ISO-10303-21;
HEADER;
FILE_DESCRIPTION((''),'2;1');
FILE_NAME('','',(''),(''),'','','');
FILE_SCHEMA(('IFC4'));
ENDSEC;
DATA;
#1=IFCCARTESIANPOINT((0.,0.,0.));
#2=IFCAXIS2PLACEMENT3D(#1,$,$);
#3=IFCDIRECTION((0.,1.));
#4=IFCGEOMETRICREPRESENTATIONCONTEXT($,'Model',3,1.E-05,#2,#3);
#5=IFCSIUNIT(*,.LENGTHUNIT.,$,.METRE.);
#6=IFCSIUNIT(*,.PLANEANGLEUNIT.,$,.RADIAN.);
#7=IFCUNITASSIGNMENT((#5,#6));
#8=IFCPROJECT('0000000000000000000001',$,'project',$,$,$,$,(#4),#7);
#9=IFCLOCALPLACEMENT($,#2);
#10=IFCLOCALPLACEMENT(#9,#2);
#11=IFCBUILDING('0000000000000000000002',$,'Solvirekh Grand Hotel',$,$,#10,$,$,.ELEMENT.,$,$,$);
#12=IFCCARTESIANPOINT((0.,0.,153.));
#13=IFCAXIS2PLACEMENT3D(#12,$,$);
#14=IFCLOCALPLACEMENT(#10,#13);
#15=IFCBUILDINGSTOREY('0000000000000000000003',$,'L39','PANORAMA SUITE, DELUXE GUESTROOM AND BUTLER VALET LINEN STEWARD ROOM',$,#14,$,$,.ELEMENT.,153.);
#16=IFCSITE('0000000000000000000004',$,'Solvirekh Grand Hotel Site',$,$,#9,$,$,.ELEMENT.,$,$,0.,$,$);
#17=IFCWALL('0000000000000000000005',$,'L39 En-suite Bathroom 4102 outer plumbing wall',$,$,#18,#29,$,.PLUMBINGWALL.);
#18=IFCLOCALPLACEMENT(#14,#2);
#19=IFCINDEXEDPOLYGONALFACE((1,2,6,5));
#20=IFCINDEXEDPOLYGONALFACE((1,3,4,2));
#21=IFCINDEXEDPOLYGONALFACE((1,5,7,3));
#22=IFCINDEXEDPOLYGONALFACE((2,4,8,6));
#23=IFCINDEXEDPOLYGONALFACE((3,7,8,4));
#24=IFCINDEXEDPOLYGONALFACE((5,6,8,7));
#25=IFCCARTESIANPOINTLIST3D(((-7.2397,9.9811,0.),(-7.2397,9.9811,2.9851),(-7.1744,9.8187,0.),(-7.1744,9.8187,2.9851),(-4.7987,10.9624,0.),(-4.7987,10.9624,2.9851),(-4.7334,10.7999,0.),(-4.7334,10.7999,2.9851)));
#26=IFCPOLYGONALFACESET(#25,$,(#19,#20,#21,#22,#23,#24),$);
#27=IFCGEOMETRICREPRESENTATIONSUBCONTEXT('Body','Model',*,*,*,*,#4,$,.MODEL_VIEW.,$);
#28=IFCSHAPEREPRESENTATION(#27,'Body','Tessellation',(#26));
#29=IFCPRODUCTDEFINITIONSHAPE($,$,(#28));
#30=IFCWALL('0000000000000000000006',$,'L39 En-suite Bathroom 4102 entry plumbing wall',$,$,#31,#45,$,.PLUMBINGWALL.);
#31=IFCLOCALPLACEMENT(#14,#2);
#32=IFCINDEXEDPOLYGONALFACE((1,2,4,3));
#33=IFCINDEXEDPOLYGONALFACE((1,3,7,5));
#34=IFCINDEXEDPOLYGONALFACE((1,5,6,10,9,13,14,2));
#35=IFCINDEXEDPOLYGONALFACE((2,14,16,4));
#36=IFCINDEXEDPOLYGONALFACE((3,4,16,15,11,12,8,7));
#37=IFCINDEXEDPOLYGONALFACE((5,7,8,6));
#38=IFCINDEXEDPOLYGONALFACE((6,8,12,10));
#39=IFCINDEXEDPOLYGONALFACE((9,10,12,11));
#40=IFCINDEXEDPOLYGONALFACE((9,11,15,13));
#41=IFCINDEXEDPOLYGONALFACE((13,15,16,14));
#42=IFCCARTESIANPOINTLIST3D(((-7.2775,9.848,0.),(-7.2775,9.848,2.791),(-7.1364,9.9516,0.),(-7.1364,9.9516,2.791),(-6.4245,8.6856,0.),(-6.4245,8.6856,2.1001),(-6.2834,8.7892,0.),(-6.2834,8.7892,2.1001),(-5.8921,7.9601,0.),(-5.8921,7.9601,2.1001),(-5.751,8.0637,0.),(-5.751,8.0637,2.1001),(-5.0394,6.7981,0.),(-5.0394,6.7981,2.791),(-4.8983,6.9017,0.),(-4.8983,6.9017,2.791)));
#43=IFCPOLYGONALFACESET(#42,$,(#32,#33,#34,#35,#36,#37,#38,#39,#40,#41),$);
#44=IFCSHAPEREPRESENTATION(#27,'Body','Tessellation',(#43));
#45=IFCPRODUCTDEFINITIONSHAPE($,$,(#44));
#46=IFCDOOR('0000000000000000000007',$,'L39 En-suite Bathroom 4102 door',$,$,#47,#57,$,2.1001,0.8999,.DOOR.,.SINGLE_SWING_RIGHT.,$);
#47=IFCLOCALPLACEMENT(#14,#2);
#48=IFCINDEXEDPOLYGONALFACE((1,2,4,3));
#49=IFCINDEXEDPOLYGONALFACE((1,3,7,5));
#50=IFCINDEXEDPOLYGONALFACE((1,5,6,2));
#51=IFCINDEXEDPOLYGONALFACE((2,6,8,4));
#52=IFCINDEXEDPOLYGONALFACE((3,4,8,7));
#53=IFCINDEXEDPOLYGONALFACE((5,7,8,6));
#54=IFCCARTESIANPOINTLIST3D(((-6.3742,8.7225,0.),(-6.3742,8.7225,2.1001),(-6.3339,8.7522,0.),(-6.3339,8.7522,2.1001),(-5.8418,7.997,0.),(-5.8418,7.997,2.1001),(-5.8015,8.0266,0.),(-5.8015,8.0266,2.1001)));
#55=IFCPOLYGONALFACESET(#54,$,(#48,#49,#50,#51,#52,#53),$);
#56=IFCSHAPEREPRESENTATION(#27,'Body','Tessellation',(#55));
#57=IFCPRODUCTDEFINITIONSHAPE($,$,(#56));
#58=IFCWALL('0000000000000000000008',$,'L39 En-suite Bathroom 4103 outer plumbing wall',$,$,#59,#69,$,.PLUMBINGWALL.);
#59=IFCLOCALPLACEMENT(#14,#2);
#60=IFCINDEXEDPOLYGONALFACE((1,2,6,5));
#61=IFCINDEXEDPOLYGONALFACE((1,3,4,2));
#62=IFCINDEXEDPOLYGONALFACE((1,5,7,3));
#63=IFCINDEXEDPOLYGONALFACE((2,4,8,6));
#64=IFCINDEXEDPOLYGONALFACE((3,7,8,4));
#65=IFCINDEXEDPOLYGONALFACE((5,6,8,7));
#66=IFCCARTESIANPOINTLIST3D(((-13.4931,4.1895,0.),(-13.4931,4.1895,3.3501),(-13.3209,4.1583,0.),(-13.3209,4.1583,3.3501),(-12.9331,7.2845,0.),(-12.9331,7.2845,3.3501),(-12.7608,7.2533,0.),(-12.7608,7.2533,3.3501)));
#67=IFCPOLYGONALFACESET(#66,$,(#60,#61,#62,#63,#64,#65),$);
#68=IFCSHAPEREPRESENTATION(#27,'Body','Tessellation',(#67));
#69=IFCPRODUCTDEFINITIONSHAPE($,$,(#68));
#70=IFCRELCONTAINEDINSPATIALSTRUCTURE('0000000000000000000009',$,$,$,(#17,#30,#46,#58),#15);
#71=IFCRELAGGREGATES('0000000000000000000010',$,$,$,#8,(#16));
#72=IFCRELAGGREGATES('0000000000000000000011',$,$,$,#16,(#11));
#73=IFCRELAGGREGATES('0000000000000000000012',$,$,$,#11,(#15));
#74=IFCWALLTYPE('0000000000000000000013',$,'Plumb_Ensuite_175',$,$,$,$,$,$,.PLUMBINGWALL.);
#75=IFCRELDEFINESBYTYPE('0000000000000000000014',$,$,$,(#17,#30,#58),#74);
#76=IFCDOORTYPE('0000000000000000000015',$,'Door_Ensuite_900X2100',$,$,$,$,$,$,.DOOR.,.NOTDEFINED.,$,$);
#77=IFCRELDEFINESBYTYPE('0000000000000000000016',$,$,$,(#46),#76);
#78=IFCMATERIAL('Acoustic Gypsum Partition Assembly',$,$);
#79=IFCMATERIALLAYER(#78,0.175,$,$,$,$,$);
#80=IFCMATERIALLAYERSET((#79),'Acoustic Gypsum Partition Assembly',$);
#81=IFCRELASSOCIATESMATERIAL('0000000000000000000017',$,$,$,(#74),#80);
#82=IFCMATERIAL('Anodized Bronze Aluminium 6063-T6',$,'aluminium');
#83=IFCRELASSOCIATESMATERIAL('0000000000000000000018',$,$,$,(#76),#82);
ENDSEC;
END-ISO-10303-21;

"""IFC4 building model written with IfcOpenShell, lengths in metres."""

from ifc_helpers import new_model, si_unit, direction, frame, frame_2d, origin, place, context, subcontext, project, spatial, rectangle, extrude, material, layer, layer_set, type_object, element, fill, save


model = new_model("IFC4")

# Units and contexts
model_context = context("Model", 3, precision=1e-05, world=origin(), true_north=direction((0.0, 1.0)))
body_context = subcontext(model_context, "Body", "Model", "MODEL_VIEW")
ifc_project = project(units=[si_unit("LENGTHUNIT", "METRE"), si_unit("PLANEANGLEUNIT", "RADIAN")], contexts=[model_context])

# Site, building, storey
site_placement = place(None, origin())
site = spatial("IfcSite", under=ifc_project, at=site_placement, Name="Solvirekh Grand Hotel Site", CompositionType="ELEMENT", RefElevation=0.0)
building_placement = place(site_placement, origin())
building = spatial("IfcBuilding", under=site, at=building_placement, Name="Solvirekh Grand Hotel", CompositionType="ELEMENT")
storey_placement = place(building_placement, frame((0.0, 0.0, 153.0)))
storey = spatial("IfcBuildingStorey", under=building, at=storey_placement, Name="L39", Description="PANORAMA SUITE, DELUXE GUESTROOM AND BUTLER VALET LINEN STEWARD ROOM", CompositionType="ELEMENT", Elevation=153.0)

# Shared definitions
ifc_material_1 = material(Name="Anodized Bronze Aluminium 6063-T6", Category="aluminium")

# Shared definitions
ifc_material_2 = material(Name="Acoustic Gypsum Partition Assembly")
ifc_layer_1 = layer(ifc_material_2, 0.175)
ifc_layer_set_1 = layer_set([ifc_layer_1], Name="Acoustic Gypsum Partition Assembly")
wall_type_1 = type_object("IfcWallType", Name="Plumb_Ensuite_175", PredefinedType="PLUMBINGWALL", material=ifc_layer_set_1)

# Shared definitions
door_type = type_object("IfcDoorType", Name="Door_Ensuite_900X2100", OperationType="NOTDEFINED", PredefinedType="DOOR", material=ifc_material_1)

# Wall
wall_1_placement = place(storey_placement, frame((-7.207, 9.8999, 0.0), z_axis=(0.0, 0.0, 1.0), x_axis=(0.927842, 0.372974, 0.0)))
element("IfcWall", 1, at=wall_1_placement, inside=storey, type_object=wall_type_1, Name="L39 En-suite Bathroom 4102 outer plumbing wall", PredefinedType="PLUMBINGWALL", context=body_context, shape_type="SweptSolid", body=[
    extrude(rectangle(XDim=2.6309, YDim=0.175, at=frame_2d((1.3154, 0.0))), origin(), (0.0, 0.0, 1.0), 2.9851),
])

# Wall, opening, door
wall_2_placement = place(storey_placement, frame((-7.207, 9.8999, 0.0), z_axis=(0.0, 0.0, 1.0), x_axis=(0.591624, -0.806214, 0.0)))
wall_2 = element("IfcWall", 2, at=wall_2_placement, inside=storey, type_object=wall_type_1, Name="L39 En-suite Bathroom 4102 entry plumbing wall", PredefinedType="PLUMBINGWALL", context=body_context, shape_type="SweptSolid", body=[
    extrude(rectangle(XDim=3.783, YDim=0.175, at=frame_2d((1.8916, 0.0))), origin(), (0.0, 0.0, 1.0), 2.791),
])
opening_1_placement = place(wall_2_placement, frame((1.4419, 0.0, 0.0)))
opening_1 = element("IfcOpeningElement", 3, at=opening_1_placement, cuts=wall_2, PredefinedType="OPENING", context=body_context, shape_type="SweptSolid", body=[
    extrude(rectangle(XDim=0.8999, YDim=2.1001, at=frame_2d((0.45, 1.05))), frame((0.0, 0.0977, 0.0), z_axis=(0.0, -1.0, 0.0), x_axis=(1.0, 0.0, 0.0)), (0.0, 0.0, 1.0), 0.1951),
])
door_1_placement = place(opening_1_placement, origin())
door_1 = element("IfcDoor", 4, at=door_1_placement, inside=storey, type_object=door_type, Name="L39 En-suite Bathroom 4102 door", OperationType="SINGLE_SWING_RIGHT", OverallHeight=2.1001, OverallWidth=0.8999, PredefinedType="DOOR", context=body_context, shape_type="SweptSolid", body=[
    extrude(rectangle(XDim=0.8999, YDim=2.1001, at=frame_2d((0.45, 1.05))), frame((0.0, 0.0249, 0.0), z_axis=(0.0, -1.0, 0.0), x_axis=(1.0, 0.0, 0.0)), (0.0, 0.0, 1.0), 0.05),
])
fill(opening_1, door_1)

# Wall
wall_3_placement = place(storey_placement, frame((-12.8469, 7.269, 0.0), z_axis=(0.0, 0.0, 1.0), x_axis=(-0.178066, -0.984019, 0.0)))
element("IfcWall", 5, at=wall_3_placement, inside=storey, type_object=wall_type_1, Name="L39 En-suite Bathroom 4103 outer plumbing wall", PredefinedType="PLUMBINGWALL", context=body_context, shape_type="SweptSolid", body=[
    extrude(rectangle(XDim=3.1453, YDim=0.175, at=frame_2d((1.5728, 0.0))), origin(), (0.0, 0.0, 1.0), 3.3501),
])

save(model, "model.ifc")
